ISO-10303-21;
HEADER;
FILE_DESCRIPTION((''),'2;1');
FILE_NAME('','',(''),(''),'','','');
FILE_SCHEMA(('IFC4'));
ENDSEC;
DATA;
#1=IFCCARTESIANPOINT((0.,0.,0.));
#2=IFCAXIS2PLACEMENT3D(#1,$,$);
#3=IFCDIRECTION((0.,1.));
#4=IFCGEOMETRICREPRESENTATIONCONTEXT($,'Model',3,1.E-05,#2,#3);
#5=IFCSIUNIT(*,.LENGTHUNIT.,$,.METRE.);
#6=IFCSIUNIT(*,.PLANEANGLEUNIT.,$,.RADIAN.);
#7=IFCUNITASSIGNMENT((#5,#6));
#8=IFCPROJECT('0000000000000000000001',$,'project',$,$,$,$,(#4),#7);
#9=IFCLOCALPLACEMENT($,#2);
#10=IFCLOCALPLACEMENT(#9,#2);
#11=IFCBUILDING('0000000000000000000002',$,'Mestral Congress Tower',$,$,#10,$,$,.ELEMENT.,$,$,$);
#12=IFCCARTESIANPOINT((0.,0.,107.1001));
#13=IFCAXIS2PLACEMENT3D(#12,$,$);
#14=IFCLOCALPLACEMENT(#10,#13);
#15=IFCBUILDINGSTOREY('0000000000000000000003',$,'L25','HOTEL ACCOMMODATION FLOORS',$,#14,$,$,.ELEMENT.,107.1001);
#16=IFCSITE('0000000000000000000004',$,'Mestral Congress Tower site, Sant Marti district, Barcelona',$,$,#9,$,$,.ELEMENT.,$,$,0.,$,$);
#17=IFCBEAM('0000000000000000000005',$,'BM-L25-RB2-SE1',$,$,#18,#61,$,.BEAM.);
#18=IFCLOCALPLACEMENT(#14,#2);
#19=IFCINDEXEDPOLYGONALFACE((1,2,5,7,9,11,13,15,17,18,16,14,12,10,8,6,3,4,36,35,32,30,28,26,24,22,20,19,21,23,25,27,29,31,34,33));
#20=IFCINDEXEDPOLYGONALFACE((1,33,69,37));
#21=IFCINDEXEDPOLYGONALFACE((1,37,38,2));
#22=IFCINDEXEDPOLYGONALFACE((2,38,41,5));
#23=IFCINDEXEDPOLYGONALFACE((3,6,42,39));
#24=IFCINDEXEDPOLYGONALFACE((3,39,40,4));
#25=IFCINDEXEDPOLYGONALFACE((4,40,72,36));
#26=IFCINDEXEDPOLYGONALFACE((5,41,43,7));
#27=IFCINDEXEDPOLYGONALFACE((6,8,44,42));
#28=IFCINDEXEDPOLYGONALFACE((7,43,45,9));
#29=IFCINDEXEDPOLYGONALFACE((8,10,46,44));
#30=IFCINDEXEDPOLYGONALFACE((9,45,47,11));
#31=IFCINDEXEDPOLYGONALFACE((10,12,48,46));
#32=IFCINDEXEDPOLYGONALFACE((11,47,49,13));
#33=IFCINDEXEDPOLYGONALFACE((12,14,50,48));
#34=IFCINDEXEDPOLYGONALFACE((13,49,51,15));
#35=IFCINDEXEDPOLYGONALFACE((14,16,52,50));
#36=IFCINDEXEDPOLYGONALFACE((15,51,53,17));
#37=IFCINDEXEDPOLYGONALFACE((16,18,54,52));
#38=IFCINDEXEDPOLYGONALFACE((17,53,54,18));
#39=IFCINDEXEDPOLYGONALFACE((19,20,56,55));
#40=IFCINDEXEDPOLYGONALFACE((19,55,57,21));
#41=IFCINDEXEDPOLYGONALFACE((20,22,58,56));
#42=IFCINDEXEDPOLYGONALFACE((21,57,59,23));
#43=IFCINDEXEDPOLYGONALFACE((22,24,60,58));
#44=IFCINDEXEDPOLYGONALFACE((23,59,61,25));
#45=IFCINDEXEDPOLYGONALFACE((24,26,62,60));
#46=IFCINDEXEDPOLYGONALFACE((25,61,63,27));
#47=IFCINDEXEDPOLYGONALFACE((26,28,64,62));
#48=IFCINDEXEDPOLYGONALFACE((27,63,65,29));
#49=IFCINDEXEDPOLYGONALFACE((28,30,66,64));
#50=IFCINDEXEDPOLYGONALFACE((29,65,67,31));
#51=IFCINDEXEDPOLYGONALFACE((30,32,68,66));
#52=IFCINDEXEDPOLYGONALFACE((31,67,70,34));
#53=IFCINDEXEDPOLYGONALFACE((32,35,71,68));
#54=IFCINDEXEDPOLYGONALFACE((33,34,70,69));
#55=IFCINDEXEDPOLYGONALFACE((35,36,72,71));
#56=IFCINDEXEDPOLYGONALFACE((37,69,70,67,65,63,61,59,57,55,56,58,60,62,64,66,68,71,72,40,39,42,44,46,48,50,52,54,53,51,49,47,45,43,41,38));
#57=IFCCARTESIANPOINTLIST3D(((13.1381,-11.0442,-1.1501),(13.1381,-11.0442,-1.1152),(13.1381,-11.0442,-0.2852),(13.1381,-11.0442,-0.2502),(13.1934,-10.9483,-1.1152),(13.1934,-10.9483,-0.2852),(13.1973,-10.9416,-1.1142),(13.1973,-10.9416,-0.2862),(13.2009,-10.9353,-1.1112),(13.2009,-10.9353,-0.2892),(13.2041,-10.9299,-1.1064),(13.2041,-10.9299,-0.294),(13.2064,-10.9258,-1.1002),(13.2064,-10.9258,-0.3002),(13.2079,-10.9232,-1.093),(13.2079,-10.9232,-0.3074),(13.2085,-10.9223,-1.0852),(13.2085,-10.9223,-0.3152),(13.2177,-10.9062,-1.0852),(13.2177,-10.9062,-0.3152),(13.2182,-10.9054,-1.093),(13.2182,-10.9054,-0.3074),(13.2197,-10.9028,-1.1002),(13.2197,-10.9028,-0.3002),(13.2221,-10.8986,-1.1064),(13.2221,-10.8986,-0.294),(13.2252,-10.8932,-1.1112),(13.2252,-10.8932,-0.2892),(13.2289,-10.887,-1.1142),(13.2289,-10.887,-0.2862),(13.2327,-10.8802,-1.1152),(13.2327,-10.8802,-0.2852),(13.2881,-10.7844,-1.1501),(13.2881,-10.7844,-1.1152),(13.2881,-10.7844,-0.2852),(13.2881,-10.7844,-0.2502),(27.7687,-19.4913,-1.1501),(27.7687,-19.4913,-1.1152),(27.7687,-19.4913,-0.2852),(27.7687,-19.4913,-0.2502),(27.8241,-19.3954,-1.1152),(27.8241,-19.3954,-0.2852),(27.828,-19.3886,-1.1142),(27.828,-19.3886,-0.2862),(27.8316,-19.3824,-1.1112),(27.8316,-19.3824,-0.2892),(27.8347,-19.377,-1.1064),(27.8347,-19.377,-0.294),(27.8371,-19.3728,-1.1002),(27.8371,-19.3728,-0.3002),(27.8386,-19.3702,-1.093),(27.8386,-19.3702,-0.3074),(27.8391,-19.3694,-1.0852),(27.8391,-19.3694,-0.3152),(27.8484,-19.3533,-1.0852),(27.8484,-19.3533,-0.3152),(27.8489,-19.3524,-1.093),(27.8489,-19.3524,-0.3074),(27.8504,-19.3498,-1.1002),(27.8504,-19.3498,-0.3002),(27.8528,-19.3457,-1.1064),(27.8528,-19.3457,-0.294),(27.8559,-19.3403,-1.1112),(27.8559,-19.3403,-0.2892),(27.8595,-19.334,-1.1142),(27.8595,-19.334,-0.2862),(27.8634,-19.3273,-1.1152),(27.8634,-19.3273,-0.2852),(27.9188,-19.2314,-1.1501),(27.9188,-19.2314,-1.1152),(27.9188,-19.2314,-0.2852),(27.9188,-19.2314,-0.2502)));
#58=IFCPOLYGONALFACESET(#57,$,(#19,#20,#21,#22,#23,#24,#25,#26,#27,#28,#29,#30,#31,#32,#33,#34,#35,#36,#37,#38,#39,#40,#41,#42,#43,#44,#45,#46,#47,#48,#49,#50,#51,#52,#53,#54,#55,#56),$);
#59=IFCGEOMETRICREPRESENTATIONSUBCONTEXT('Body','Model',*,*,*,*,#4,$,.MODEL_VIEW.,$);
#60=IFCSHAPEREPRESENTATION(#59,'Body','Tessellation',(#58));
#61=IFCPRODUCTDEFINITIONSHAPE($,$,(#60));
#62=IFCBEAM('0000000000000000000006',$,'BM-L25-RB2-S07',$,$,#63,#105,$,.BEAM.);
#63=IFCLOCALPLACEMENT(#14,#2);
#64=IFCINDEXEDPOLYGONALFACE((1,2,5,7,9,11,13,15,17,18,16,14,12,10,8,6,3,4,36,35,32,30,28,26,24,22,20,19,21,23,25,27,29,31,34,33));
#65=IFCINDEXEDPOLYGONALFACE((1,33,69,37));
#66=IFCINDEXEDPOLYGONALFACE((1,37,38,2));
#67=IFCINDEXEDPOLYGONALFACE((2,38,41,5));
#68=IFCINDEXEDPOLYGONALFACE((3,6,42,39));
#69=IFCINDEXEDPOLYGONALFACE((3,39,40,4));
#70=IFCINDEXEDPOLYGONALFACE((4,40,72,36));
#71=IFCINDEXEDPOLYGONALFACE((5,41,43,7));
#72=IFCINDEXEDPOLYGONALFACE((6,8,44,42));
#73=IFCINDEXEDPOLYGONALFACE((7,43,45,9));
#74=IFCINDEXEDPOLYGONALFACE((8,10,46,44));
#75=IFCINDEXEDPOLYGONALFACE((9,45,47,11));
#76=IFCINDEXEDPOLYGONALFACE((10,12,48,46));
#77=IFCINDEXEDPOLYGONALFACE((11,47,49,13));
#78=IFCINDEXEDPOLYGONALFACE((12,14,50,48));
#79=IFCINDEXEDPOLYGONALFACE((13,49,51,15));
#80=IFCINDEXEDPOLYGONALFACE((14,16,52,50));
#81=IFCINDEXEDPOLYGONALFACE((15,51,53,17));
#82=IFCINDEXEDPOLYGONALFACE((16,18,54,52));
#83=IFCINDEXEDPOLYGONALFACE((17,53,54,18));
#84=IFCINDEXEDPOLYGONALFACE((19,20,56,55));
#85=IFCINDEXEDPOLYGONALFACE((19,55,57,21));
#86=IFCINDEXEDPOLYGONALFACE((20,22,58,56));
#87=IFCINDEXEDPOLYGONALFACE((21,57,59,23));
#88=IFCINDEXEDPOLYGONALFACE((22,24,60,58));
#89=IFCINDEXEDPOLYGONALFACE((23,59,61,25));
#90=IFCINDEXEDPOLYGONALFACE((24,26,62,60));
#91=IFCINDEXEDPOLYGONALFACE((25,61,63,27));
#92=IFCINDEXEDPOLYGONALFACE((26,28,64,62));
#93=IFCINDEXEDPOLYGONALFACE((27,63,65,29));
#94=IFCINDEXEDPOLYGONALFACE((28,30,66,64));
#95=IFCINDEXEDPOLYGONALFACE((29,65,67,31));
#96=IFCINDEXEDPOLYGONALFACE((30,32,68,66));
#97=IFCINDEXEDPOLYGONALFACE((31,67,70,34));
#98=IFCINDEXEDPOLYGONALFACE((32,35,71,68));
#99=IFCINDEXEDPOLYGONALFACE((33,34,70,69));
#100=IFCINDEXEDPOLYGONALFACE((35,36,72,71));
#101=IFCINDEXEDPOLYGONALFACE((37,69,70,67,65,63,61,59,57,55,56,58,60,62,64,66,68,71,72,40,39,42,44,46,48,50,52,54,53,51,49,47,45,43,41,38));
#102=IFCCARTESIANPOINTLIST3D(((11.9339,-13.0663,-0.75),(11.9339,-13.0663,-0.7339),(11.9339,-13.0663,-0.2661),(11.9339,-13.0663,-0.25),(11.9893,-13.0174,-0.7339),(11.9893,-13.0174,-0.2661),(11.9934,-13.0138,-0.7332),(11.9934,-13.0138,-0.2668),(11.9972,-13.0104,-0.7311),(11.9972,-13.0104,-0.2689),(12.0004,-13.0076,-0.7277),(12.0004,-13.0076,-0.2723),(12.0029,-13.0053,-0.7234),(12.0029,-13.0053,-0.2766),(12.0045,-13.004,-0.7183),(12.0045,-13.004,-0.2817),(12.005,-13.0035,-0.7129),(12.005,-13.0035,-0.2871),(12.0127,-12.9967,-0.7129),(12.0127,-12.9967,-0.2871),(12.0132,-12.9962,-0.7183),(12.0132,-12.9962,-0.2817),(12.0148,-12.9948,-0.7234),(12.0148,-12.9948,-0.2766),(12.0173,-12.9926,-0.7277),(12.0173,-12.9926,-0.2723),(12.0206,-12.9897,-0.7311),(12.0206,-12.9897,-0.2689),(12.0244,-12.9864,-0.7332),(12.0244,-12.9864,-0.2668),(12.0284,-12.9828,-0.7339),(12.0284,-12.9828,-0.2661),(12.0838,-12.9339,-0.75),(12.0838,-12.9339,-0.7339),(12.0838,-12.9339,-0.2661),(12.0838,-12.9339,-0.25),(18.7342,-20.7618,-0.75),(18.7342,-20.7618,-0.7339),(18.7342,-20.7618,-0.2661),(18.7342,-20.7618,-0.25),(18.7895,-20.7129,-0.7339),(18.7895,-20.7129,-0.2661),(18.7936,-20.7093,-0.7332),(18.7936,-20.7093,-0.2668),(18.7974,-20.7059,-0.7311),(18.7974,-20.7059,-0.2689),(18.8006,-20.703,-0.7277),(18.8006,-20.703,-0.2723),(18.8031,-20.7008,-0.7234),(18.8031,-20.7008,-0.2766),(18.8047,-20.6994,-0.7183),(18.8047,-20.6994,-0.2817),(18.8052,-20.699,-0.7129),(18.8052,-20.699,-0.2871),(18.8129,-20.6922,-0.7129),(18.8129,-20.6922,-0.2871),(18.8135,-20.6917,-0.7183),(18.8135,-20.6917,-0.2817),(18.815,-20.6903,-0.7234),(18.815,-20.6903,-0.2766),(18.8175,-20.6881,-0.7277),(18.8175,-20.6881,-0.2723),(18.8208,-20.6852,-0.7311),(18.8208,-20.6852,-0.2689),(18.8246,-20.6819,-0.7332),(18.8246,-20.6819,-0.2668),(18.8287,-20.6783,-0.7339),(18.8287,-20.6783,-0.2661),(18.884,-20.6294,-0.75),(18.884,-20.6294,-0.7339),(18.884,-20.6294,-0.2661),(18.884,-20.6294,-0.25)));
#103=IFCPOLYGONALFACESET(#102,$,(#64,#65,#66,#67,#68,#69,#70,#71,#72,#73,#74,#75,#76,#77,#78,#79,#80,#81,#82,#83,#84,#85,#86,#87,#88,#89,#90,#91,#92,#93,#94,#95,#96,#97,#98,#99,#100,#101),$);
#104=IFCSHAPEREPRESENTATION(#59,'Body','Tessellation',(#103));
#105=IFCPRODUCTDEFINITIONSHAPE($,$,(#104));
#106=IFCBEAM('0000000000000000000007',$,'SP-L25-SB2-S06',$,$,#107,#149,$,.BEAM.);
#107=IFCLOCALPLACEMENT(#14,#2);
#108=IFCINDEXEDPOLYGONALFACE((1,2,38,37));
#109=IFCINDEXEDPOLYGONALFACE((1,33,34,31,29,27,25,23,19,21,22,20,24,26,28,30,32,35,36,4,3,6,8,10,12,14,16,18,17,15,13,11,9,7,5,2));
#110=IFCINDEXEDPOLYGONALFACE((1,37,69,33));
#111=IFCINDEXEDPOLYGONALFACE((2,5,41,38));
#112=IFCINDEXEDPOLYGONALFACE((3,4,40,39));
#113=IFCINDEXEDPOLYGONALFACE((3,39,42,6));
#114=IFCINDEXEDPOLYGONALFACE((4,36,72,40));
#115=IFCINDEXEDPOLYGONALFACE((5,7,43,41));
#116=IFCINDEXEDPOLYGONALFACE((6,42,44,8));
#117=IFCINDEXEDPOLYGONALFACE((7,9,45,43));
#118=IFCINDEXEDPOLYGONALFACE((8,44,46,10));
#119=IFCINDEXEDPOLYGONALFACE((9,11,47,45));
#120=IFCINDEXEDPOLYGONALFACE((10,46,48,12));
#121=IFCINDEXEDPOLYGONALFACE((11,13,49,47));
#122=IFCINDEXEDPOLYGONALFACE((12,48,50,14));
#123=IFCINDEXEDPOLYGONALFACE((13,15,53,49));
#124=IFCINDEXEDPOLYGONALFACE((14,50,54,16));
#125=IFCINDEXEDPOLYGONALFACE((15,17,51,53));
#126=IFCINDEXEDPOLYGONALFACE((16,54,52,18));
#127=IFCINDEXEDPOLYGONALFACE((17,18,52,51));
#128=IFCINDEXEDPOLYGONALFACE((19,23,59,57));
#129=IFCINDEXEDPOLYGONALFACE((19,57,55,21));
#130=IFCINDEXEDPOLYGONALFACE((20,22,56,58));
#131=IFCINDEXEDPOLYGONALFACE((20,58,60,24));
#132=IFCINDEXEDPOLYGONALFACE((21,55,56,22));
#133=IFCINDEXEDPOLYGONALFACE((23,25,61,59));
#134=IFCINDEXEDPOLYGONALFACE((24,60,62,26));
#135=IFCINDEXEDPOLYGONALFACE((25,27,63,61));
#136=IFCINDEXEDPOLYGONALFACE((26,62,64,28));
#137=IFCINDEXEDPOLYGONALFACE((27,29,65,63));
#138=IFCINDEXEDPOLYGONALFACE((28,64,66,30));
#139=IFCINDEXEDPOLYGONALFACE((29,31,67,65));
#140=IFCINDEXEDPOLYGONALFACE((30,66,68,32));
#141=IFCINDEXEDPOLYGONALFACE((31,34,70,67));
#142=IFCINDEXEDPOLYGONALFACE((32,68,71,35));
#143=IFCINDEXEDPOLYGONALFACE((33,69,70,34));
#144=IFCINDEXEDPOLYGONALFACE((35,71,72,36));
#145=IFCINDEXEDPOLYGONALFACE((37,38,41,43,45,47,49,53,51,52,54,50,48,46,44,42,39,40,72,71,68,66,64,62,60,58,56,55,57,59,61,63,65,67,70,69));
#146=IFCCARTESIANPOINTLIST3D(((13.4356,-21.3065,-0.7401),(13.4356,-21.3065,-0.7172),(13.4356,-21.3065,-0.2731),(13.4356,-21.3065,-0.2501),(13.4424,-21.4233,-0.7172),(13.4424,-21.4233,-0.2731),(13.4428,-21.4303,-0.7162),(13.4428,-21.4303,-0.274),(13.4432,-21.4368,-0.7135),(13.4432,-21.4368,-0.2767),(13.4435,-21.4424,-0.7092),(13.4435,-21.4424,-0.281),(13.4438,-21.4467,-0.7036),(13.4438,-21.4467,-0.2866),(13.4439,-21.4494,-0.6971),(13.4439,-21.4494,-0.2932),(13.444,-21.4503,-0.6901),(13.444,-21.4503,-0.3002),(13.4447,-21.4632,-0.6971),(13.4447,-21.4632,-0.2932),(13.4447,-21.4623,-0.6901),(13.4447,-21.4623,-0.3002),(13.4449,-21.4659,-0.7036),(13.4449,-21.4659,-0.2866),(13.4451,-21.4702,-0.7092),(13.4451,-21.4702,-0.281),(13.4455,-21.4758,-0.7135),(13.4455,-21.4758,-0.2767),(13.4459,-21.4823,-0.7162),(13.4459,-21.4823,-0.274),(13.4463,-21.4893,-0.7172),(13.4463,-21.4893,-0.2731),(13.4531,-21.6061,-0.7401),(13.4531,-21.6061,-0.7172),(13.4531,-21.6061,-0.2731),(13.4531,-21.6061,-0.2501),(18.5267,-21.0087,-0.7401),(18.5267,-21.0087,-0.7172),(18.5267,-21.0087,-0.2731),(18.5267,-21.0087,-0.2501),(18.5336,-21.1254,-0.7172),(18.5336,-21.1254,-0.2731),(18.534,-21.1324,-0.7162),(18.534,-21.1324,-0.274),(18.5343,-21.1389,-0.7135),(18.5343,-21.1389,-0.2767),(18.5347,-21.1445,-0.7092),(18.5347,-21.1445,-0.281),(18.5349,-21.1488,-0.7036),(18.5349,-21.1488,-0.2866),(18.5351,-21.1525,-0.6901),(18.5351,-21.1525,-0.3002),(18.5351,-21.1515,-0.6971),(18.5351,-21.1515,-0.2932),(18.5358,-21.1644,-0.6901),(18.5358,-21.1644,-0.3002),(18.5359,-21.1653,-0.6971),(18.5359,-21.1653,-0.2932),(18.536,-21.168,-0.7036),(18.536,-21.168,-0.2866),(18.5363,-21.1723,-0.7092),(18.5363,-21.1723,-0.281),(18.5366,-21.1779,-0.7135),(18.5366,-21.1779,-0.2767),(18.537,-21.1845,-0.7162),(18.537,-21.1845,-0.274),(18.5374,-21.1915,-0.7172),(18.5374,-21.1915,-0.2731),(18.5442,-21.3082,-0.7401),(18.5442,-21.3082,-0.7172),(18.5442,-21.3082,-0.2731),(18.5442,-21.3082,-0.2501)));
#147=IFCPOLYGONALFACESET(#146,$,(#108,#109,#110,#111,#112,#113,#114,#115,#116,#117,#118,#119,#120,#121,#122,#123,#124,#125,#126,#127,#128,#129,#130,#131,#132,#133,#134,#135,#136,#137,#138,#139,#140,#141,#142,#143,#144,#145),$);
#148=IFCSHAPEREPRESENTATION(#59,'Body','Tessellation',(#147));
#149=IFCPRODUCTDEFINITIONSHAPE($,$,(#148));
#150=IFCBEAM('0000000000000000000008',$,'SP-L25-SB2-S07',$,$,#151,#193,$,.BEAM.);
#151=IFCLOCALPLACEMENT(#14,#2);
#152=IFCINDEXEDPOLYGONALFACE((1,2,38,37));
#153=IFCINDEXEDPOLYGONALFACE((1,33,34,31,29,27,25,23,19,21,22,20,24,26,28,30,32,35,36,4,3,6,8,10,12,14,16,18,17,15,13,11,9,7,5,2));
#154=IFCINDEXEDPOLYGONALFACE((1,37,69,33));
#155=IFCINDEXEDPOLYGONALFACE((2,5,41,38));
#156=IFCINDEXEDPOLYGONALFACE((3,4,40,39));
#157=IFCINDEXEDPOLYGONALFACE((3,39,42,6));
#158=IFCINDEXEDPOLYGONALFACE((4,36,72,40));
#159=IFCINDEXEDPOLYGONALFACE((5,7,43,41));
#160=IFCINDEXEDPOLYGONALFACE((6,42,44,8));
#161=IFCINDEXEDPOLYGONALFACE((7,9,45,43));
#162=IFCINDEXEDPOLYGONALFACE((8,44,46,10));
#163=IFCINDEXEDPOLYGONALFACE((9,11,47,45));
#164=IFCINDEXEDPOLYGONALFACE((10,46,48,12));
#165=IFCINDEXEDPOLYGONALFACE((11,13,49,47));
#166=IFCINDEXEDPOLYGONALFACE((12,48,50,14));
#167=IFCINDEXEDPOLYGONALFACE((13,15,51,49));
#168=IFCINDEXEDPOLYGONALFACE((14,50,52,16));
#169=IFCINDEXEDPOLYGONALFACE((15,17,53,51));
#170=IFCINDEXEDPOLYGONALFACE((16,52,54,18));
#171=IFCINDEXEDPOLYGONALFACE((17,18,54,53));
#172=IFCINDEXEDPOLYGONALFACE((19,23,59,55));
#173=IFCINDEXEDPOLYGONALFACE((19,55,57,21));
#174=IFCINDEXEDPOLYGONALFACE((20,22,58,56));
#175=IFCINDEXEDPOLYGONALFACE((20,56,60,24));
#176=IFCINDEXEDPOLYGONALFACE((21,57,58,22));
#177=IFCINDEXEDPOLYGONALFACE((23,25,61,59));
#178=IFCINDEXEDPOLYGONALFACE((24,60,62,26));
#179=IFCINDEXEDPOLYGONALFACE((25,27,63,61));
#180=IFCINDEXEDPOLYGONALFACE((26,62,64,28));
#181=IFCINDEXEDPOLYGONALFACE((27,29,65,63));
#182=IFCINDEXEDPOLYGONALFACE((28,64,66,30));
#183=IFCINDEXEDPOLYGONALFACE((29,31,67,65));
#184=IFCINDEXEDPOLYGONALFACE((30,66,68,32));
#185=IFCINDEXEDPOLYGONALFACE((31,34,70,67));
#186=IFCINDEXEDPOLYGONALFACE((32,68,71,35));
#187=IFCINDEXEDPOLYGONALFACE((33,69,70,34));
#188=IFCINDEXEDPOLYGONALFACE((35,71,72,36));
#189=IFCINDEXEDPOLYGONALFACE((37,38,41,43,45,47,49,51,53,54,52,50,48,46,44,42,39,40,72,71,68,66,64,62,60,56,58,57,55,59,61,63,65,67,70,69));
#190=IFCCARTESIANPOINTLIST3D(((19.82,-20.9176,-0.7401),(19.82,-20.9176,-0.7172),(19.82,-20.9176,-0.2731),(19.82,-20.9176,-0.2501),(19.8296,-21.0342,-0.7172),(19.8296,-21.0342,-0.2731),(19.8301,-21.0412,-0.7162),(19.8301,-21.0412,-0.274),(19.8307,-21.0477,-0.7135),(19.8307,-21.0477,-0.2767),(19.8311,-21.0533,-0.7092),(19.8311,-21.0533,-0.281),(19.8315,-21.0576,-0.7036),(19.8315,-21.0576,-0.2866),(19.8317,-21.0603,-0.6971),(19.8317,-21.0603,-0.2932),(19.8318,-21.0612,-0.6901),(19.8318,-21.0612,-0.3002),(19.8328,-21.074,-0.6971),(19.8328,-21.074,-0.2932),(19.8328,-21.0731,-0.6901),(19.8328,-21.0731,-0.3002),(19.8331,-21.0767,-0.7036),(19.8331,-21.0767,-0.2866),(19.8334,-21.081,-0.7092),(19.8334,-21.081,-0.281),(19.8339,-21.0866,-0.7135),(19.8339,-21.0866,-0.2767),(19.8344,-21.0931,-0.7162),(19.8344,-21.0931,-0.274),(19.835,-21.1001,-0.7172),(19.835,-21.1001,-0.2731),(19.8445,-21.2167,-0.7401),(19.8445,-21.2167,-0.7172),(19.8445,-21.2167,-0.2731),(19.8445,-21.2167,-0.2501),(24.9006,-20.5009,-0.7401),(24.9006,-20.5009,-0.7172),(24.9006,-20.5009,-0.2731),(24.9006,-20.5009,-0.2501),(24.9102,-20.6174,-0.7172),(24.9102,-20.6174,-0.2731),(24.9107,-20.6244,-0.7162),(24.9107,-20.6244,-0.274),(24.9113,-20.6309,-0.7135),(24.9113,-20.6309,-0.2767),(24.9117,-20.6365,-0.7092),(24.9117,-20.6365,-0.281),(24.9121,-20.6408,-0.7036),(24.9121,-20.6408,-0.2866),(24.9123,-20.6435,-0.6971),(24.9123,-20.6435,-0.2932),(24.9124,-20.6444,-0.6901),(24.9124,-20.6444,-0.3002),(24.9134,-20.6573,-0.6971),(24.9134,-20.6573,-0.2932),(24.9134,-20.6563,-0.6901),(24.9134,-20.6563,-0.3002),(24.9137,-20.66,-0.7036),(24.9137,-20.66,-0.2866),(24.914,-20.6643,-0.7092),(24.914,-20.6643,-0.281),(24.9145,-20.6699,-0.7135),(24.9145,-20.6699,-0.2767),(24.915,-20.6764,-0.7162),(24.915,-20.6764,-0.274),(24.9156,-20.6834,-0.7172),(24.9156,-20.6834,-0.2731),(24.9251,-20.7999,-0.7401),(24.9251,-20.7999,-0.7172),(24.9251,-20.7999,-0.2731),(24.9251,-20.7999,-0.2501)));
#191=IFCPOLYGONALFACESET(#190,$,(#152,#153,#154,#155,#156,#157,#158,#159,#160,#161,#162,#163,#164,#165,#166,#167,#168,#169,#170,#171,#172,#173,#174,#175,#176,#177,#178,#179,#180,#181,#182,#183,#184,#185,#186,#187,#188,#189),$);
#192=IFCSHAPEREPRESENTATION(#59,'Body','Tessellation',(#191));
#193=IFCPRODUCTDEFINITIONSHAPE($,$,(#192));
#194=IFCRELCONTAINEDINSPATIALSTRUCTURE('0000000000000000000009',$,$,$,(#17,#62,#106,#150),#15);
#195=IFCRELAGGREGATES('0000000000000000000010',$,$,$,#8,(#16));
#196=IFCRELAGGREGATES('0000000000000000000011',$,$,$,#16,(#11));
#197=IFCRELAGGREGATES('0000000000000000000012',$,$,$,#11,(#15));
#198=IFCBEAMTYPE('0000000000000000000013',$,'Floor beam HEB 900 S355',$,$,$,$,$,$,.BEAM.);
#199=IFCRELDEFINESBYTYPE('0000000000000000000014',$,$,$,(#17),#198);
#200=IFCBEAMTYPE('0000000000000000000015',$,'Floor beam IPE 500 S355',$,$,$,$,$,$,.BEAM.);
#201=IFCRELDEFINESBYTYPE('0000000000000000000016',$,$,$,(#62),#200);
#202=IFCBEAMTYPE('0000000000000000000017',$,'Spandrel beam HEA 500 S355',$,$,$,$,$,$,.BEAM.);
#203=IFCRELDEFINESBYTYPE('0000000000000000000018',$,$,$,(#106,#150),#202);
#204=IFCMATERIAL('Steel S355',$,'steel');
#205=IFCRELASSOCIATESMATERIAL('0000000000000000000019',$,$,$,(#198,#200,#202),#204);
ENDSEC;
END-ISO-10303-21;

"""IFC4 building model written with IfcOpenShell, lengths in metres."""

from ifc_helpers import new_model, si_unit, direction, frame, origin, origin_2d, place, context, subcontext, project, spatial, i_section, extrude, material, material_profile, profile_set, type_object, element, save


model = new_model("IFC4")

# Units and contexts
model_context = context("Model", 3, precision=1e-05, world=origin(), true_north=direction((0.0, 1.0)))
body_context = subcontext(model_context, "Body", "Model", "MODEL_VIEW")
ifc_project = project(units=[si_unit("LENGTHUNIT", "METRE"), si_unit("PLANEANGLEUNIT", "RADIAN")], contexts=[model_context])

# Site, building, storey
site_placement = place(None, origin())
site = spatial("IfcSite", under=ifc_project, at=site_placement, Name="Mestral Congress Tower site, Sant Marti district, Barcelona", CompositionType="ELEMENT", RefElevation=0.0)
building_placement = place(site_placement, origin())
building = spatial("IfcBuilding", under=site, at=building_placement, Name="Mestral Congress Tower", CompositionType="ELEMENT")
storey_placement = place(building_placement, frame((0.0, 0.0, 107.1001)))
storey = spatial("IfcBuildingStorey", under=building, at=storey_placement, Name="L25", Description="HOTEL ACCOMMODATION FLOORS", CompositionType="ELEMENT", Elevation=107.1001)

# Beams
ifc_material_1 = material(Name="Steel S355", Category="steel")
ifc_material_profile_1 = material_profile(ifc_material_1, i_section(OverallWidth=0.3, OverallDepth=0.8999, WebThickness=0.0186, FlangeThickness=0.0349, FilletRadius=0.03, at=origin_2d()), Name="HEB 900")
ifc_profile_set_1 = profile_set([ifc_material_profile_1], Name="Steel S355")
beam_type_1 = type_object("IfcBeamType", Name="Floor beam HEB 900 S355", PredefinedType="BEAM", material=ifc_profile_set_1)
beam_1_placement = place(storey_placement, frame((27.8438, -19.3613, -0.7002), z_axis=(-0.866025, 0.500001, 0.0), x_axis=(-0.500001, -0.866025, 0.0)))
element("IfcBeam", 1, at=beam_1_placement, inside=storey, type_object=beam_type_1, Name="BM-L25-RB2-SE1", PredefinedType="BEAM", context=body_context, shape_type="SweptSolid", body=[
    extrude(i_section(OverallWidth=0.3, OverallDepth=0.8999, WebThickness=0.0186, FlangeThickness=0.0349, FilletRadius=0.03, at=origin_2d()), origin(), (0.0, 0.0, 1.0), 16.894),
])
ifc_material_profile_2 = material_profile(ifc_material_1, i_section(OverallWidth=0.2, OverallDepth=0.5, WebThickness=0.0103, FlangeThickness=0.0161, FilletRadius=0.021, at=origin_2d()), Name="IPE 500")
ifc_profile_set_2 = profile_set([ifc_material_profile_2], Name="Steel S355")
beam_type_2 = type_object("IfcBeamType", Name="Floor beam IPE 500 S355", PredefinedType="BEAM", material=ifc_profile_set_2)
beam_2_placement = place(storey_placement, frame((18.8091, -20.6956, -0.5), z_axis=(-0.662174, 0.74935, 0.0), x_axis=(-0.74935, -0.662174, 0.0)))
element("IfcBeam", 2, at=beam_2_placement, inside=storey, type_object=beam_type_2, Name="BM-L25-RB2-S07", PredefinedType="BEAM", context=body_context, shape_type="SweptSolid", body=[
    extrude(i_section(OverallWidth=0.2, OverallDepth=0.5, WebThickness=0.0103, FlangeThickness=0.0161, FilletRadius=0.021, at=origin_2d()), origin(), (0.0, 0.0, 1.0), 10.2695),
])
ifc_material_profile_3 = material_profile(ifc_material_1, i_section(OverallWidth=0.3, OverallDepth=0.49, WebThickness=0.012, FlangeThickness=0.0229, FilletRadius=0.0271, at=origin_2d()), Name="HEA 500")
ifc_profile_set_3 = profile_set([ifc_material_profile_3], Name="Steel S355")
beam_type_3 = type_object("IfcBeamType", Name="Spandrel beam HEA 500 S355", PredefinedType="BEAM", material=ifc_profile_set_3)
beam_3_placement = place(storey_placement, frame((13.4443, -21.4563, -0.4951), z_axis=(0.998293, 0.058405, 0.0), x_axis=(-0.058405, 0.998293, 0.0)))
element("IfcBeam", 3, at=beam_3_placement, inside=storey, type_object=beam_type_3, Name="SP-L25-SB2-S06", PredefinedType="BEAM", context=body_context, shape_type="SweptSolid", body=[
    extrude(i_section(OverallWidth=0.3, OverallDepth=0.49, WebThickness=0.012, FlangeThickness=0.0229, FilletRadius=0.0271, at=origin_2d()), origin(), (0.0, 0.0, 1.0), 5.0999),
])
beam_4_placement = place(storey_placement, frame((19.8323, -21.0671, -0.4951), z_axis=(0.996653, 0.081753, 0.0), x_axis=(-0.081753, 0.996653, 0.0)))
element("IfcBeam", 4, at=beam_4_placement, inside=storey, type_object=beam_type_3, Name="SP-L25-SB2-S07", PredefinedType="BEAM", context=body_context, shape_type="SweptSolid", body=[
    extrude(i_section(OverallWidth=0.3, OverallDepth=0.49, WebThickness=0.012, FlangeThickness=0.0229, FilletRadius=0.0271, at=origin_2d()), origin(), (0.0, 0.0, 1.0), 5.0977),
])

save(model, "model.ifc")
